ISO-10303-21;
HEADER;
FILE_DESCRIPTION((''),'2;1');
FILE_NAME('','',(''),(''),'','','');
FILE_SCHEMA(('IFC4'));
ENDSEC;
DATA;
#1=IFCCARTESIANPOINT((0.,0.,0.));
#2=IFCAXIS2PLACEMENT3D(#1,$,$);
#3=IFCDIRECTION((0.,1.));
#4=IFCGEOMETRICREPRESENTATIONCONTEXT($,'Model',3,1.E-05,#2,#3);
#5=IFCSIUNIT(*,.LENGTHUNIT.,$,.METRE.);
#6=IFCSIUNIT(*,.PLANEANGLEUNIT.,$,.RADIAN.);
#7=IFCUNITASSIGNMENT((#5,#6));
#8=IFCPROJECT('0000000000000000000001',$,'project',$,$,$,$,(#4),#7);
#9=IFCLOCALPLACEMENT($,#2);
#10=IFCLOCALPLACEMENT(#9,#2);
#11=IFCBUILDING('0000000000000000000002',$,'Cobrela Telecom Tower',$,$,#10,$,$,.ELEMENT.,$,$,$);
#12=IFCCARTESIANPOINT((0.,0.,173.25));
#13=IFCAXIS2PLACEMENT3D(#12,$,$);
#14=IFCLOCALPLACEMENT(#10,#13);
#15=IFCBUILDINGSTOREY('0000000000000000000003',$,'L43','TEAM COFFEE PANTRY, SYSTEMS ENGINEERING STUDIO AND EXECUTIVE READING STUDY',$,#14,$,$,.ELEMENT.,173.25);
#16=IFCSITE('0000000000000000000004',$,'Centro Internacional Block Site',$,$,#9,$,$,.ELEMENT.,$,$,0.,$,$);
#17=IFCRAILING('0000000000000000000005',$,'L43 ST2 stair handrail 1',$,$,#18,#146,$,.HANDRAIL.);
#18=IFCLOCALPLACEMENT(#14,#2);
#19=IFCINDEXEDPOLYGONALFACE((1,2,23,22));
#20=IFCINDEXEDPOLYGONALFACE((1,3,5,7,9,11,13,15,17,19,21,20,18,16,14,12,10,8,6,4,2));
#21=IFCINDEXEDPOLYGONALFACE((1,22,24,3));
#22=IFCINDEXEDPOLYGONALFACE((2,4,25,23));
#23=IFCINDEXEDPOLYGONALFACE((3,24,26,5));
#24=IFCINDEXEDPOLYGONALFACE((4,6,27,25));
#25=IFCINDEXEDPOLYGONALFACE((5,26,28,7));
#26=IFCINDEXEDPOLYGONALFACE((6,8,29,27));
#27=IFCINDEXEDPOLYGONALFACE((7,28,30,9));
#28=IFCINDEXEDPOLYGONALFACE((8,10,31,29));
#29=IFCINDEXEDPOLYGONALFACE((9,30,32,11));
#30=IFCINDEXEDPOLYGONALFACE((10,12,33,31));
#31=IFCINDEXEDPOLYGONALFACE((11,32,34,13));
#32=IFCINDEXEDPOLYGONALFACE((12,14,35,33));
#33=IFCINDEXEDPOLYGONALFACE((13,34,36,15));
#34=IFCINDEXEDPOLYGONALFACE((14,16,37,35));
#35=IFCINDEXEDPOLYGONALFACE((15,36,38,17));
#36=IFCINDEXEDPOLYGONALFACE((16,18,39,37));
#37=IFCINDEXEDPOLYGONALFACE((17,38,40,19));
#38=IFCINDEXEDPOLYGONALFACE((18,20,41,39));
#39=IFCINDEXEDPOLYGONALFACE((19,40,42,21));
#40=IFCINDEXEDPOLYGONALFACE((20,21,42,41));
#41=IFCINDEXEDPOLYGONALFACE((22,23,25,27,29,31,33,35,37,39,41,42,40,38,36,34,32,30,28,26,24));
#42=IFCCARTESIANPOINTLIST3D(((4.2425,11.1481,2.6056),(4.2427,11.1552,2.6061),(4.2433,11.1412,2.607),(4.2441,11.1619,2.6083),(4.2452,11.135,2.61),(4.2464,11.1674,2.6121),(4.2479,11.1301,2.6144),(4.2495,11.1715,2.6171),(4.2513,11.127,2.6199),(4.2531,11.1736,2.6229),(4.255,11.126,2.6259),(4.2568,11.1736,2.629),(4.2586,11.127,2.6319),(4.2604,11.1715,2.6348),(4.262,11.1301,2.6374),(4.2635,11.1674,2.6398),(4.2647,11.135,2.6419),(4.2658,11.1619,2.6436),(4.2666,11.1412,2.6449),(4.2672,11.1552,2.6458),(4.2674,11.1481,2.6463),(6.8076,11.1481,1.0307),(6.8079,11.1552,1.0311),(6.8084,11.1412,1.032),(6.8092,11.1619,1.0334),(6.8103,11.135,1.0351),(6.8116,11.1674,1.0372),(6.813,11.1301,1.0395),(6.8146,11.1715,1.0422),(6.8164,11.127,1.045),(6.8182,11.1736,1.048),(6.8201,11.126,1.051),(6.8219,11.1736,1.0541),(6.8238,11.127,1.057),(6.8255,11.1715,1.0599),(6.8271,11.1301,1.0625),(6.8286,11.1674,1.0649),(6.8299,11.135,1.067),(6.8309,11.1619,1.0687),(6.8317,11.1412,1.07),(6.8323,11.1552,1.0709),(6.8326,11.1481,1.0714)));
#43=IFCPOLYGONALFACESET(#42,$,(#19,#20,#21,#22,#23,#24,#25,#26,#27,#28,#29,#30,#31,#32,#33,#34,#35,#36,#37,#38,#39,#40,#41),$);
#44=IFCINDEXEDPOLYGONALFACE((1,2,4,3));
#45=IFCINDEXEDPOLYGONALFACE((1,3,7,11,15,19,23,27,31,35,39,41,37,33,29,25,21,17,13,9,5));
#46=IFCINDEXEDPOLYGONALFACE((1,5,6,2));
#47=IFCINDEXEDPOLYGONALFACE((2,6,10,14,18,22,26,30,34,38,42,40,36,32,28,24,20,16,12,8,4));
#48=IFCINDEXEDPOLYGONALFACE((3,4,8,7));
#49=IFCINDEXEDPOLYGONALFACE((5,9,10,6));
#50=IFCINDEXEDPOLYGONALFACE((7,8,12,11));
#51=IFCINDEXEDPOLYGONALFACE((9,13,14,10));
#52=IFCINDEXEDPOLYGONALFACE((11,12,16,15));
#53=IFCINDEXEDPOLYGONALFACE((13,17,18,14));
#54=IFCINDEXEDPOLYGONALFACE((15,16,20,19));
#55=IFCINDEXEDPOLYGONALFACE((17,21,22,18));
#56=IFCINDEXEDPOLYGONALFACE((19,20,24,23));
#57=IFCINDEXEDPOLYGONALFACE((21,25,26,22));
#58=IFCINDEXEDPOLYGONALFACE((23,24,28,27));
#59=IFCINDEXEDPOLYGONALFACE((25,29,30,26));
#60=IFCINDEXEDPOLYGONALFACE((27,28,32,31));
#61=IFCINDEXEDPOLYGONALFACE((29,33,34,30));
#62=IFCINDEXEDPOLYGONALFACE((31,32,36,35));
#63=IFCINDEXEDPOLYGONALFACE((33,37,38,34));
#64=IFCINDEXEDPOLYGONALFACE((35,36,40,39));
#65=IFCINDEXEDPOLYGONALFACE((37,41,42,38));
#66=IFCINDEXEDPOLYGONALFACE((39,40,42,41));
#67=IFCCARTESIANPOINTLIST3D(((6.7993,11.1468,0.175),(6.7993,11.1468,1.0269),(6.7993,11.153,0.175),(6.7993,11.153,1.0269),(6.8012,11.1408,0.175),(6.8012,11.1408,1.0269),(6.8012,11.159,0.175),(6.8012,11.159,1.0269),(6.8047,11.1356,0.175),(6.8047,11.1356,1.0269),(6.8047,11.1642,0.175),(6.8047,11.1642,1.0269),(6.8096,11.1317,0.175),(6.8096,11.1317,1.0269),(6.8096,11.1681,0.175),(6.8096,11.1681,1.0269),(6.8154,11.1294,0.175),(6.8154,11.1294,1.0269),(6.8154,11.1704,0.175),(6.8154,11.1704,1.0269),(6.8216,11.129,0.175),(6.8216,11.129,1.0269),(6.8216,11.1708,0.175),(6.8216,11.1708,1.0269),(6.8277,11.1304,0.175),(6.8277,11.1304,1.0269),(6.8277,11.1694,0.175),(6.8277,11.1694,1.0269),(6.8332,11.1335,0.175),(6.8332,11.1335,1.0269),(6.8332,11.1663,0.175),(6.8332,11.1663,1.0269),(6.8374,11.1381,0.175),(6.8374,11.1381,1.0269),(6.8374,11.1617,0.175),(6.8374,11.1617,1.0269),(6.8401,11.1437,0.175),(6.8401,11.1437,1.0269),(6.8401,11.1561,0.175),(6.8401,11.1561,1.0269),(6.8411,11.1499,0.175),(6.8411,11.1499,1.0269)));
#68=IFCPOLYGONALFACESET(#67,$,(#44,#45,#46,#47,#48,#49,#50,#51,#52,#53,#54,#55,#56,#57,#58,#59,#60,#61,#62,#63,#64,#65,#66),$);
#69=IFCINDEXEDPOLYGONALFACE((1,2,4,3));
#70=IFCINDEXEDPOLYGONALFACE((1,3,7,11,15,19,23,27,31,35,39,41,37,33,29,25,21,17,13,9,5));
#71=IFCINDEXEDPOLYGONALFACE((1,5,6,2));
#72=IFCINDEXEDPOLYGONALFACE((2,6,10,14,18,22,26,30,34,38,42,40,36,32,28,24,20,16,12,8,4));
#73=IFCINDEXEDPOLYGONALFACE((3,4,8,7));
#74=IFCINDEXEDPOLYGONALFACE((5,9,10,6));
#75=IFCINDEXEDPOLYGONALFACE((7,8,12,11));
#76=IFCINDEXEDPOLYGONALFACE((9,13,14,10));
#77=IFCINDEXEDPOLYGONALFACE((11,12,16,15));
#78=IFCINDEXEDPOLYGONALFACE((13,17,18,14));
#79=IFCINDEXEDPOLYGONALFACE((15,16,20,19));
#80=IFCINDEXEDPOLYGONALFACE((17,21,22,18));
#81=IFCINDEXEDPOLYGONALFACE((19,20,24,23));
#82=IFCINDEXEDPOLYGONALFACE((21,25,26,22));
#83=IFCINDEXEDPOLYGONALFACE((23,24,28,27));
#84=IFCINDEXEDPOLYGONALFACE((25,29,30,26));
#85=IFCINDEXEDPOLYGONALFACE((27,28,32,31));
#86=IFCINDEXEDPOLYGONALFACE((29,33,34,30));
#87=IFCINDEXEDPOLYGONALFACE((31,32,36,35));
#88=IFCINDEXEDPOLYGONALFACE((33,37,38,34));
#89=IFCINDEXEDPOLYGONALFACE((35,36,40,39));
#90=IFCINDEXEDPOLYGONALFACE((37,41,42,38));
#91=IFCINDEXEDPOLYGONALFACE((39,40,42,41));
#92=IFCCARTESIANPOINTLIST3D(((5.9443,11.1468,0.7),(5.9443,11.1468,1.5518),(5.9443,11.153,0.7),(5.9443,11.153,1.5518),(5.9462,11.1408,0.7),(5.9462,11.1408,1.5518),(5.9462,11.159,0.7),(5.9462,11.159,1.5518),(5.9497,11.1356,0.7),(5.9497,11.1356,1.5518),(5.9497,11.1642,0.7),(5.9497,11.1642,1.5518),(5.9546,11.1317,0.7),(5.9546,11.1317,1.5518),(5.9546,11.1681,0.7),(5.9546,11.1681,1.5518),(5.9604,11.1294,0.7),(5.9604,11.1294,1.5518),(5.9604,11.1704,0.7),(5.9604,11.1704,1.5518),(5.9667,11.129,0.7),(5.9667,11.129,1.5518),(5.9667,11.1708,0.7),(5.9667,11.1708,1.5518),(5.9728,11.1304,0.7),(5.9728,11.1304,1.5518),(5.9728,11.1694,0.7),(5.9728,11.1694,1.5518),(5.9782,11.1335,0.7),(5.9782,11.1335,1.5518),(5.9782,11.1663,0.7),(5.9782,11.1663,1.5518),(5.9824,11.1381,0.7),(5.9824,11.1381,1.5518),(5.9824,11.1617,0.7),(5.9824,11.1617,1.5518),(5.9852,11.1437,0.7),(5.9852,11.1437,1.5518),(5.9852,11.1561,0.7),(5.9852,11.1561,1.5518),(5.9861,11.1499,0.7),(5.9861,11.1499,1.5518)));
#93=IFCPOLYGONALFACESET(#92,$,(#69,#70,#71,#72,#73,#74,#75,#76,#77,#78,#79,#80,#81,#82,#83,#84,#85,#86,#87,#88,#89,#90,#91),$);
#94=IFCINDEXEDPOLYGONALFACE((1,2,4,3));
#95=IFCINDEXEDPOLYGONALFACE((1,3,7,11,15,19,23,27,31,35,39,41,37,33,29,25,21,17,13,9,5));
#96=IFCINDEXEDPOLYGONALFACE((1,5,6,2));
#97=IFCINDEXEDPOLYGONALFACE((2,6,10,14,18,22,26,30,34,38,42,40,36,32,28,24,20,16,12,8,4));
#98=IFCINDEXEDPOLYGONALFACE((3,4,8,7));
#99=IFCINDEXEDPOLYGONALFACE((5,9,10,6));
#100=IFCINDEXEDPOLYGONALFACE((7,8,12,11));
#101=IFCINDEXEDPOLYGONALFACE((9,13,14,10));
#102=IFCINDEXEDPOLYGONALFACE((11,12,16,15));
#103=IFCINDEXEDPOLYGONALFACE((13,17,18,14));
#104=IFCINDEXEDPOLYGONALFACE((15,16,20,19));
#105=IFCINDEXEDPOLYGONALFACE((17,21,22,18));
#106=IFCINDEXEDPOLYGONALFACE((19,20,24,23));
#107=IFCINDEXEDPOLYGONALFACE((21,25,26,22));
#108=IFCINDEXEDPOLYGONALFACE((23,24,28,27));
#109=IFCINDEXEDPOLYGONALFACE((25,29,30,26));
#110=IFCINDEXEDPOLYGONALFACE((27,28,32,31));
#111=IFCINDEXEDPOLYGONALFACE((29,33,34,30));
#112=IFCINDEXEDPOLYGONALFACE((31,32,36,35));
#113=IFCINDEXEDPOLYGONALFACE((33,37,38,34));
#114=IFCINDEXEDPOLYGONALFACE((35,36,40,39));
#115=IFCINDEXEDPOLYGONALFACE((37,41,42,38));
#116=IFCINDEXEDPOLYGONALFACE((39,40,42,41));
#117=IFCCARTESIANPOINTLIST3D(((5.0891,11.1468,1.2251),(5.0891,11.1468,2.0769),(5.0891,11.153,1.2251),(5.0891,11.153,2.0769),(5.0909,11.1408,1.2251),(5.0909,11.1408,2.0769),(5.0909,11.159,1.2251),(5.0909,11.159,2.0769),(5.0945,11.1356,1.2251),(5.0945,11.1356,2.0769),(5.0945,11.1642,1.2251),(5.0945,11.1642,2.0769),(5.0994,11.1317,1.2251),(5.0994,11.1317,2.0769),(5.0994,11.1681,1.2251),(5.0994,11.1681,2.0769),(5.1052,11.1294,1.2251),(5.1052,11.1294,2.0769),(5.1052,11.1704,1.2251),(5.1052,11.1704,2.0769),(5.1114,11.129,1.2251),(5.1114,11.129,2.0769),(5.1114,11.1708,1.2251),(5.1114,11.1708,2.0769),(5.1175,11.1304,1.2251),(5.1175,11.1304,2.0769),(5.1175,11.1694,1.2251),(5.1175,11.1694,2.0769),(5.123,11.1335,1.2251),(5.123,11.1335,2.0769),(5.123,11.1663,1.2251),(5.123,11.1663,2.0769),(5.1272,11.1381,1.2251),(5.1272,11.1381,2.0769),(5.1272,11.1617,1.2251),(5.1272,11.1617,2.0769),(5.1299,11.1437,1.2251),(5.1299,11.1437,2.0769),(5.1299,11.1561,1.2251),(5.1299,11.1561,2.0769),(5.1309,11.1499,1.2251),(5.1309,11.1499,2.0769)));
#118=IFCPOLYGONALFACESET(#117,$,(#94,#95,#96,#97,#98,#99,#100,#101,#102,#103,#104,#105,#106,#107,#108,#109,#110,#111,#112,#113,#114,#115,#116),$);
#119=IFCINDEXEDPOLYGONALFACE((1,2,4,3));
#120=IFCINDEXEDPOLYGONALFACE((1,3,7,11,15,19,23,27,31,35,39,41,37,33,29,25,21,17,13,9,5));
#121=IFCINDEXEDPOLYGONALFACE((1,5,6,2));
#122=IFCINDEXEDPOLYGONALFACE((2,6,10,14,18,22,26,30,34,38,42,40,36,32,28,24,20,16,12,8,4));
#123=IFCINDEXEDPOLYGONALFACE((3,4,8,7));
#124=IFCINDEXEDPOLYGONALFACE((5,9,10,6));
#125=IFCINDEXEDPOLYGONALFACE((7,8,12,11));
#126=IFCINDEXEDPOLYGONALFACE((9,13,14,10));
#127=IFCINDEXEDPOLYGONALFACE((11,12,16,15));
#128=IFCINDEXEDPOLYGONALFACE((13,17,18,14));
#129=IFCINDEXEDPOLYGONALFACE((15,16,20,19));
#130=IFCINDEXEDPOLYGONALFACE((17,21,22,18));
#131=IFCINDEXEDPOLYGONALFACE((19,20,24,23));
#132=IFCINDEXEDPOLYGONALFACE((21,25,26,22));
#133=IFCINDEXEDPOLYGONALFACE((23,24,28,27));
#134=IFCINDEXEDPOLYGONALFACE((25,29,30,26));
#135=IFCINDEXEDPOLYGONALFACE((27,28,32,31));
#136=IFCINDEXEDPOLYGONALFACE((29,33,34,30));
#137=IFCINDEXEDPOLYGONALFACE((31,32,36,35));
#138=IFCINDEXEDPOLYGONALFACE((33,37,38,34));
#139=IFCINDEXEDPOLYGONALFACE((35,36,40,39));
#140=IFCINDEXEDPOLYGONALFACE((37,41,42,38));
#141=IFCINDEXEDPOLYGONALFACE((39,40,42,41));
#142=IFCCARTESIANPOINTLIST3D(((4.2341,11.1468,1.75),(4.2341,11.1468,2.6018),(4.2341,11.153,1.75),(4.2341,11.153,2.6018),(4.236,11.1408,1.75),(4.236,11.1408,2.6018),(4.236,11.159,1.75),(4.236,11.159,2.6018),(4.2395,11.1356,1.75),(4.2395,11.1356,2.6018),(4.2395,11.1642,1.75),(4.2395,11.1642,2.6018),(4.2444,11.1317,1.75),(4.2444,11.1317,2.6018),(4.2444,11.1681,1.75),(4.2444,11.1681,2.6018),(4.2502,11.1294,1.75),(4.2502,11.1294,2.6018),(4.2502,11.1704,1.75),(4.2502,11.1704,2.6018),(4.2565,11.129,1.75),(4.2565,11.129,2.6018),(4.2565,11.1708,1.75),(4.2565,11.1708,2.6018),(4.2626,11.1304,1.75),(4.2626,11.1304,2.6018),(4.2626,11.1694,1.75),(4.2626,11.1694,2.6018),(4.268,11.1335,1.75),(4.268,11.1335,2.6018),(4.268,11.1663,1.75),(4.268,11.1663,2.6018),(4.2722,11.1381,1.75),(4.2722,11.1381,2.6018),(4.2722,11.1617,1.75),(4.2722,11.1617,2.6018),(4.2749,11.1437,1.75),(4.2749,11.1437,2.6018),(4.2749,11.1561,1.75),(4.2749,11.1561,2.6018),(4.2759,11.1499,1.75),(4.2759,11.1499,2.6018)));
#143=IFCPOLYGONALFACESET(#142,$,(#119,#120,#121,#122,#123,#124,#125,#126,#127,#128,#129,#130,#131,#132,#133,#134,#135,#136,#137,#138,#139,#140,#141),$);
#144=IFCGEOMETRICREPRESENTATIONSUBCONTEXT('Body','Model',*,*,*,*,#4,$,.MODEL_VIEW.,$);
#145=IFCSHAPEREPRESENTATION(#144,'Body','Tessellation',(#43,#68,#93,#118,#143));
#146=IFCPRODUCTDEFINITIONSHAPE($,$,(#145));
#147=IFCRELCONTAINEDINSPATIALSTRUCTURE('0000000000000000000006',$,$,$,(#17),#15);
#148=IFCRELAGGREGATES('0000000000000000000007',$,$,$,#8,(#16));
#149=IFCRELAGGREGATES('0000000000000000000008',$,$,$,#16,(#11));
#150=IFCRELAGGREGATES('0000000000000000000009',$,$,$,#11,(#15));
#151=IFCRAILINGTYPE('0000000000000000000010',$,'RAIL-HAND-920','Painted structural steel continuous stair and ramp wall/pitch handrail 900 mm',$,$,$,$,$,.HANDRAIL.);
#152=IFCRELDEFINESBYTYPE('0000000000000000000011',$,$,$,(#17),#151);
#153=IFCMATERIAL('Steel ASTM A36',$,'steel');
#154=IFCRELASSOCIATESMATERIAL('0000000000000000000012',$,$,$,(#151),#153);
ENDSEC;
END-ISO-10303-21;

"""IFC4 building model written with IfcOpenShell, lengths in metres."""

from ifc_helpers import new_model, si_unit, direction, frame, origin, origin_2d, place, context, subcontext, project, spatial, circle, extrude, material, type_object, element, save


model = new_model("IFC4")

# Units and contexts
model_context = context("Model", 3, precision=1e-05, world=origin(), true_north=direction((0.0, 1.0)))
body_context = subcontext(model_context, "Body", "Model", "MODEL_VIEW")
ifc_project = project(units=[si_unit("LENGTHUNIT", "METRE"), si_unit("PLANEANGLEUNIT", "RADIAN")], contexts=[model_context])

# Site, building, storey
site_placement = place(None, origin())
site = spatial("IfcSite", under=ifc_project, at=site_placement, Name="Centro Internacional Block Site", CompositionType="ELEMENT", RefElevation=0.0)
building_placement = place(site_placement, origin())
building = spatial("IfcBuilding", under=site, at=building_placement, Name="Cobrela Telecom Tower", CompositionType="ELEMENT")
storey_placement = place(building_placement, frame((0.0, 0.0, 173.25)))
storey = spatial("IfcBuildingStorey", under=building, at=storey_placement, Name="L43", Description="TEAM COFFEE PANTRY, SYSTEMS ENGINEERING STUDIO AND EXECUTIVE READING STUDY", CompositionType="ELEMENT", Elevation=173.25)

# Railing
ifc_material_1 = material(Name="Steel ASTM A36", Category="steel")
railing_type_1 = type_object("IfcRailingType", Name="RAIL-HAND-920", Description="Painted structural steel continuous stair and ramp wall/pitch handrail 900 mm", PredefinedType="HANDRAIL", material=ifc_material_1)
railing_1_placement = place(storey_placement, frame((6.8201, 11.1499, 0.175)))
element("IfcRailing", 1, at=railing_1_placement, inside=storey, type_object=railing_type_1, Name="L43 ST2 stair handrail 1", PredefinedType="HANDRAIL", context=body_context, shape_type="SweptSolid", body=[
    extrude(circle(Radius=0.0239, at=origin_2d()), frame((0.0, 0.0, 0.876), z_axis=(-0.852195, 0.0, 0.523224), x_axis=(0.0, -1.0, 0.0)), (0.0, 0.0, 1.0), 3.01),
    extrude(circle(Radius=0.021, at=origin_2d()), origin(), (0.0, 0.0, 1.0), 0.8518),
    extrude(circle(Radius=0.021, at=origin_2d()), frame((-0.855, 0.0, 0.5249)), (0.0, 0.0, 1.0), 0.8518),
    extrude(circle(Radius=0.021, at=origin_2d()), frame((-1.7102, 0.0, 1.05)), (0.0, 0.0, 1.0), 0.8518),
    extrude(circle(Radius=0.021, at=origin_2d()), frame((-2.5652, 0.0, 1.575)), (0.0, 0.0, 1.0), 0.8518),
])

save(model, "model.ifc")
